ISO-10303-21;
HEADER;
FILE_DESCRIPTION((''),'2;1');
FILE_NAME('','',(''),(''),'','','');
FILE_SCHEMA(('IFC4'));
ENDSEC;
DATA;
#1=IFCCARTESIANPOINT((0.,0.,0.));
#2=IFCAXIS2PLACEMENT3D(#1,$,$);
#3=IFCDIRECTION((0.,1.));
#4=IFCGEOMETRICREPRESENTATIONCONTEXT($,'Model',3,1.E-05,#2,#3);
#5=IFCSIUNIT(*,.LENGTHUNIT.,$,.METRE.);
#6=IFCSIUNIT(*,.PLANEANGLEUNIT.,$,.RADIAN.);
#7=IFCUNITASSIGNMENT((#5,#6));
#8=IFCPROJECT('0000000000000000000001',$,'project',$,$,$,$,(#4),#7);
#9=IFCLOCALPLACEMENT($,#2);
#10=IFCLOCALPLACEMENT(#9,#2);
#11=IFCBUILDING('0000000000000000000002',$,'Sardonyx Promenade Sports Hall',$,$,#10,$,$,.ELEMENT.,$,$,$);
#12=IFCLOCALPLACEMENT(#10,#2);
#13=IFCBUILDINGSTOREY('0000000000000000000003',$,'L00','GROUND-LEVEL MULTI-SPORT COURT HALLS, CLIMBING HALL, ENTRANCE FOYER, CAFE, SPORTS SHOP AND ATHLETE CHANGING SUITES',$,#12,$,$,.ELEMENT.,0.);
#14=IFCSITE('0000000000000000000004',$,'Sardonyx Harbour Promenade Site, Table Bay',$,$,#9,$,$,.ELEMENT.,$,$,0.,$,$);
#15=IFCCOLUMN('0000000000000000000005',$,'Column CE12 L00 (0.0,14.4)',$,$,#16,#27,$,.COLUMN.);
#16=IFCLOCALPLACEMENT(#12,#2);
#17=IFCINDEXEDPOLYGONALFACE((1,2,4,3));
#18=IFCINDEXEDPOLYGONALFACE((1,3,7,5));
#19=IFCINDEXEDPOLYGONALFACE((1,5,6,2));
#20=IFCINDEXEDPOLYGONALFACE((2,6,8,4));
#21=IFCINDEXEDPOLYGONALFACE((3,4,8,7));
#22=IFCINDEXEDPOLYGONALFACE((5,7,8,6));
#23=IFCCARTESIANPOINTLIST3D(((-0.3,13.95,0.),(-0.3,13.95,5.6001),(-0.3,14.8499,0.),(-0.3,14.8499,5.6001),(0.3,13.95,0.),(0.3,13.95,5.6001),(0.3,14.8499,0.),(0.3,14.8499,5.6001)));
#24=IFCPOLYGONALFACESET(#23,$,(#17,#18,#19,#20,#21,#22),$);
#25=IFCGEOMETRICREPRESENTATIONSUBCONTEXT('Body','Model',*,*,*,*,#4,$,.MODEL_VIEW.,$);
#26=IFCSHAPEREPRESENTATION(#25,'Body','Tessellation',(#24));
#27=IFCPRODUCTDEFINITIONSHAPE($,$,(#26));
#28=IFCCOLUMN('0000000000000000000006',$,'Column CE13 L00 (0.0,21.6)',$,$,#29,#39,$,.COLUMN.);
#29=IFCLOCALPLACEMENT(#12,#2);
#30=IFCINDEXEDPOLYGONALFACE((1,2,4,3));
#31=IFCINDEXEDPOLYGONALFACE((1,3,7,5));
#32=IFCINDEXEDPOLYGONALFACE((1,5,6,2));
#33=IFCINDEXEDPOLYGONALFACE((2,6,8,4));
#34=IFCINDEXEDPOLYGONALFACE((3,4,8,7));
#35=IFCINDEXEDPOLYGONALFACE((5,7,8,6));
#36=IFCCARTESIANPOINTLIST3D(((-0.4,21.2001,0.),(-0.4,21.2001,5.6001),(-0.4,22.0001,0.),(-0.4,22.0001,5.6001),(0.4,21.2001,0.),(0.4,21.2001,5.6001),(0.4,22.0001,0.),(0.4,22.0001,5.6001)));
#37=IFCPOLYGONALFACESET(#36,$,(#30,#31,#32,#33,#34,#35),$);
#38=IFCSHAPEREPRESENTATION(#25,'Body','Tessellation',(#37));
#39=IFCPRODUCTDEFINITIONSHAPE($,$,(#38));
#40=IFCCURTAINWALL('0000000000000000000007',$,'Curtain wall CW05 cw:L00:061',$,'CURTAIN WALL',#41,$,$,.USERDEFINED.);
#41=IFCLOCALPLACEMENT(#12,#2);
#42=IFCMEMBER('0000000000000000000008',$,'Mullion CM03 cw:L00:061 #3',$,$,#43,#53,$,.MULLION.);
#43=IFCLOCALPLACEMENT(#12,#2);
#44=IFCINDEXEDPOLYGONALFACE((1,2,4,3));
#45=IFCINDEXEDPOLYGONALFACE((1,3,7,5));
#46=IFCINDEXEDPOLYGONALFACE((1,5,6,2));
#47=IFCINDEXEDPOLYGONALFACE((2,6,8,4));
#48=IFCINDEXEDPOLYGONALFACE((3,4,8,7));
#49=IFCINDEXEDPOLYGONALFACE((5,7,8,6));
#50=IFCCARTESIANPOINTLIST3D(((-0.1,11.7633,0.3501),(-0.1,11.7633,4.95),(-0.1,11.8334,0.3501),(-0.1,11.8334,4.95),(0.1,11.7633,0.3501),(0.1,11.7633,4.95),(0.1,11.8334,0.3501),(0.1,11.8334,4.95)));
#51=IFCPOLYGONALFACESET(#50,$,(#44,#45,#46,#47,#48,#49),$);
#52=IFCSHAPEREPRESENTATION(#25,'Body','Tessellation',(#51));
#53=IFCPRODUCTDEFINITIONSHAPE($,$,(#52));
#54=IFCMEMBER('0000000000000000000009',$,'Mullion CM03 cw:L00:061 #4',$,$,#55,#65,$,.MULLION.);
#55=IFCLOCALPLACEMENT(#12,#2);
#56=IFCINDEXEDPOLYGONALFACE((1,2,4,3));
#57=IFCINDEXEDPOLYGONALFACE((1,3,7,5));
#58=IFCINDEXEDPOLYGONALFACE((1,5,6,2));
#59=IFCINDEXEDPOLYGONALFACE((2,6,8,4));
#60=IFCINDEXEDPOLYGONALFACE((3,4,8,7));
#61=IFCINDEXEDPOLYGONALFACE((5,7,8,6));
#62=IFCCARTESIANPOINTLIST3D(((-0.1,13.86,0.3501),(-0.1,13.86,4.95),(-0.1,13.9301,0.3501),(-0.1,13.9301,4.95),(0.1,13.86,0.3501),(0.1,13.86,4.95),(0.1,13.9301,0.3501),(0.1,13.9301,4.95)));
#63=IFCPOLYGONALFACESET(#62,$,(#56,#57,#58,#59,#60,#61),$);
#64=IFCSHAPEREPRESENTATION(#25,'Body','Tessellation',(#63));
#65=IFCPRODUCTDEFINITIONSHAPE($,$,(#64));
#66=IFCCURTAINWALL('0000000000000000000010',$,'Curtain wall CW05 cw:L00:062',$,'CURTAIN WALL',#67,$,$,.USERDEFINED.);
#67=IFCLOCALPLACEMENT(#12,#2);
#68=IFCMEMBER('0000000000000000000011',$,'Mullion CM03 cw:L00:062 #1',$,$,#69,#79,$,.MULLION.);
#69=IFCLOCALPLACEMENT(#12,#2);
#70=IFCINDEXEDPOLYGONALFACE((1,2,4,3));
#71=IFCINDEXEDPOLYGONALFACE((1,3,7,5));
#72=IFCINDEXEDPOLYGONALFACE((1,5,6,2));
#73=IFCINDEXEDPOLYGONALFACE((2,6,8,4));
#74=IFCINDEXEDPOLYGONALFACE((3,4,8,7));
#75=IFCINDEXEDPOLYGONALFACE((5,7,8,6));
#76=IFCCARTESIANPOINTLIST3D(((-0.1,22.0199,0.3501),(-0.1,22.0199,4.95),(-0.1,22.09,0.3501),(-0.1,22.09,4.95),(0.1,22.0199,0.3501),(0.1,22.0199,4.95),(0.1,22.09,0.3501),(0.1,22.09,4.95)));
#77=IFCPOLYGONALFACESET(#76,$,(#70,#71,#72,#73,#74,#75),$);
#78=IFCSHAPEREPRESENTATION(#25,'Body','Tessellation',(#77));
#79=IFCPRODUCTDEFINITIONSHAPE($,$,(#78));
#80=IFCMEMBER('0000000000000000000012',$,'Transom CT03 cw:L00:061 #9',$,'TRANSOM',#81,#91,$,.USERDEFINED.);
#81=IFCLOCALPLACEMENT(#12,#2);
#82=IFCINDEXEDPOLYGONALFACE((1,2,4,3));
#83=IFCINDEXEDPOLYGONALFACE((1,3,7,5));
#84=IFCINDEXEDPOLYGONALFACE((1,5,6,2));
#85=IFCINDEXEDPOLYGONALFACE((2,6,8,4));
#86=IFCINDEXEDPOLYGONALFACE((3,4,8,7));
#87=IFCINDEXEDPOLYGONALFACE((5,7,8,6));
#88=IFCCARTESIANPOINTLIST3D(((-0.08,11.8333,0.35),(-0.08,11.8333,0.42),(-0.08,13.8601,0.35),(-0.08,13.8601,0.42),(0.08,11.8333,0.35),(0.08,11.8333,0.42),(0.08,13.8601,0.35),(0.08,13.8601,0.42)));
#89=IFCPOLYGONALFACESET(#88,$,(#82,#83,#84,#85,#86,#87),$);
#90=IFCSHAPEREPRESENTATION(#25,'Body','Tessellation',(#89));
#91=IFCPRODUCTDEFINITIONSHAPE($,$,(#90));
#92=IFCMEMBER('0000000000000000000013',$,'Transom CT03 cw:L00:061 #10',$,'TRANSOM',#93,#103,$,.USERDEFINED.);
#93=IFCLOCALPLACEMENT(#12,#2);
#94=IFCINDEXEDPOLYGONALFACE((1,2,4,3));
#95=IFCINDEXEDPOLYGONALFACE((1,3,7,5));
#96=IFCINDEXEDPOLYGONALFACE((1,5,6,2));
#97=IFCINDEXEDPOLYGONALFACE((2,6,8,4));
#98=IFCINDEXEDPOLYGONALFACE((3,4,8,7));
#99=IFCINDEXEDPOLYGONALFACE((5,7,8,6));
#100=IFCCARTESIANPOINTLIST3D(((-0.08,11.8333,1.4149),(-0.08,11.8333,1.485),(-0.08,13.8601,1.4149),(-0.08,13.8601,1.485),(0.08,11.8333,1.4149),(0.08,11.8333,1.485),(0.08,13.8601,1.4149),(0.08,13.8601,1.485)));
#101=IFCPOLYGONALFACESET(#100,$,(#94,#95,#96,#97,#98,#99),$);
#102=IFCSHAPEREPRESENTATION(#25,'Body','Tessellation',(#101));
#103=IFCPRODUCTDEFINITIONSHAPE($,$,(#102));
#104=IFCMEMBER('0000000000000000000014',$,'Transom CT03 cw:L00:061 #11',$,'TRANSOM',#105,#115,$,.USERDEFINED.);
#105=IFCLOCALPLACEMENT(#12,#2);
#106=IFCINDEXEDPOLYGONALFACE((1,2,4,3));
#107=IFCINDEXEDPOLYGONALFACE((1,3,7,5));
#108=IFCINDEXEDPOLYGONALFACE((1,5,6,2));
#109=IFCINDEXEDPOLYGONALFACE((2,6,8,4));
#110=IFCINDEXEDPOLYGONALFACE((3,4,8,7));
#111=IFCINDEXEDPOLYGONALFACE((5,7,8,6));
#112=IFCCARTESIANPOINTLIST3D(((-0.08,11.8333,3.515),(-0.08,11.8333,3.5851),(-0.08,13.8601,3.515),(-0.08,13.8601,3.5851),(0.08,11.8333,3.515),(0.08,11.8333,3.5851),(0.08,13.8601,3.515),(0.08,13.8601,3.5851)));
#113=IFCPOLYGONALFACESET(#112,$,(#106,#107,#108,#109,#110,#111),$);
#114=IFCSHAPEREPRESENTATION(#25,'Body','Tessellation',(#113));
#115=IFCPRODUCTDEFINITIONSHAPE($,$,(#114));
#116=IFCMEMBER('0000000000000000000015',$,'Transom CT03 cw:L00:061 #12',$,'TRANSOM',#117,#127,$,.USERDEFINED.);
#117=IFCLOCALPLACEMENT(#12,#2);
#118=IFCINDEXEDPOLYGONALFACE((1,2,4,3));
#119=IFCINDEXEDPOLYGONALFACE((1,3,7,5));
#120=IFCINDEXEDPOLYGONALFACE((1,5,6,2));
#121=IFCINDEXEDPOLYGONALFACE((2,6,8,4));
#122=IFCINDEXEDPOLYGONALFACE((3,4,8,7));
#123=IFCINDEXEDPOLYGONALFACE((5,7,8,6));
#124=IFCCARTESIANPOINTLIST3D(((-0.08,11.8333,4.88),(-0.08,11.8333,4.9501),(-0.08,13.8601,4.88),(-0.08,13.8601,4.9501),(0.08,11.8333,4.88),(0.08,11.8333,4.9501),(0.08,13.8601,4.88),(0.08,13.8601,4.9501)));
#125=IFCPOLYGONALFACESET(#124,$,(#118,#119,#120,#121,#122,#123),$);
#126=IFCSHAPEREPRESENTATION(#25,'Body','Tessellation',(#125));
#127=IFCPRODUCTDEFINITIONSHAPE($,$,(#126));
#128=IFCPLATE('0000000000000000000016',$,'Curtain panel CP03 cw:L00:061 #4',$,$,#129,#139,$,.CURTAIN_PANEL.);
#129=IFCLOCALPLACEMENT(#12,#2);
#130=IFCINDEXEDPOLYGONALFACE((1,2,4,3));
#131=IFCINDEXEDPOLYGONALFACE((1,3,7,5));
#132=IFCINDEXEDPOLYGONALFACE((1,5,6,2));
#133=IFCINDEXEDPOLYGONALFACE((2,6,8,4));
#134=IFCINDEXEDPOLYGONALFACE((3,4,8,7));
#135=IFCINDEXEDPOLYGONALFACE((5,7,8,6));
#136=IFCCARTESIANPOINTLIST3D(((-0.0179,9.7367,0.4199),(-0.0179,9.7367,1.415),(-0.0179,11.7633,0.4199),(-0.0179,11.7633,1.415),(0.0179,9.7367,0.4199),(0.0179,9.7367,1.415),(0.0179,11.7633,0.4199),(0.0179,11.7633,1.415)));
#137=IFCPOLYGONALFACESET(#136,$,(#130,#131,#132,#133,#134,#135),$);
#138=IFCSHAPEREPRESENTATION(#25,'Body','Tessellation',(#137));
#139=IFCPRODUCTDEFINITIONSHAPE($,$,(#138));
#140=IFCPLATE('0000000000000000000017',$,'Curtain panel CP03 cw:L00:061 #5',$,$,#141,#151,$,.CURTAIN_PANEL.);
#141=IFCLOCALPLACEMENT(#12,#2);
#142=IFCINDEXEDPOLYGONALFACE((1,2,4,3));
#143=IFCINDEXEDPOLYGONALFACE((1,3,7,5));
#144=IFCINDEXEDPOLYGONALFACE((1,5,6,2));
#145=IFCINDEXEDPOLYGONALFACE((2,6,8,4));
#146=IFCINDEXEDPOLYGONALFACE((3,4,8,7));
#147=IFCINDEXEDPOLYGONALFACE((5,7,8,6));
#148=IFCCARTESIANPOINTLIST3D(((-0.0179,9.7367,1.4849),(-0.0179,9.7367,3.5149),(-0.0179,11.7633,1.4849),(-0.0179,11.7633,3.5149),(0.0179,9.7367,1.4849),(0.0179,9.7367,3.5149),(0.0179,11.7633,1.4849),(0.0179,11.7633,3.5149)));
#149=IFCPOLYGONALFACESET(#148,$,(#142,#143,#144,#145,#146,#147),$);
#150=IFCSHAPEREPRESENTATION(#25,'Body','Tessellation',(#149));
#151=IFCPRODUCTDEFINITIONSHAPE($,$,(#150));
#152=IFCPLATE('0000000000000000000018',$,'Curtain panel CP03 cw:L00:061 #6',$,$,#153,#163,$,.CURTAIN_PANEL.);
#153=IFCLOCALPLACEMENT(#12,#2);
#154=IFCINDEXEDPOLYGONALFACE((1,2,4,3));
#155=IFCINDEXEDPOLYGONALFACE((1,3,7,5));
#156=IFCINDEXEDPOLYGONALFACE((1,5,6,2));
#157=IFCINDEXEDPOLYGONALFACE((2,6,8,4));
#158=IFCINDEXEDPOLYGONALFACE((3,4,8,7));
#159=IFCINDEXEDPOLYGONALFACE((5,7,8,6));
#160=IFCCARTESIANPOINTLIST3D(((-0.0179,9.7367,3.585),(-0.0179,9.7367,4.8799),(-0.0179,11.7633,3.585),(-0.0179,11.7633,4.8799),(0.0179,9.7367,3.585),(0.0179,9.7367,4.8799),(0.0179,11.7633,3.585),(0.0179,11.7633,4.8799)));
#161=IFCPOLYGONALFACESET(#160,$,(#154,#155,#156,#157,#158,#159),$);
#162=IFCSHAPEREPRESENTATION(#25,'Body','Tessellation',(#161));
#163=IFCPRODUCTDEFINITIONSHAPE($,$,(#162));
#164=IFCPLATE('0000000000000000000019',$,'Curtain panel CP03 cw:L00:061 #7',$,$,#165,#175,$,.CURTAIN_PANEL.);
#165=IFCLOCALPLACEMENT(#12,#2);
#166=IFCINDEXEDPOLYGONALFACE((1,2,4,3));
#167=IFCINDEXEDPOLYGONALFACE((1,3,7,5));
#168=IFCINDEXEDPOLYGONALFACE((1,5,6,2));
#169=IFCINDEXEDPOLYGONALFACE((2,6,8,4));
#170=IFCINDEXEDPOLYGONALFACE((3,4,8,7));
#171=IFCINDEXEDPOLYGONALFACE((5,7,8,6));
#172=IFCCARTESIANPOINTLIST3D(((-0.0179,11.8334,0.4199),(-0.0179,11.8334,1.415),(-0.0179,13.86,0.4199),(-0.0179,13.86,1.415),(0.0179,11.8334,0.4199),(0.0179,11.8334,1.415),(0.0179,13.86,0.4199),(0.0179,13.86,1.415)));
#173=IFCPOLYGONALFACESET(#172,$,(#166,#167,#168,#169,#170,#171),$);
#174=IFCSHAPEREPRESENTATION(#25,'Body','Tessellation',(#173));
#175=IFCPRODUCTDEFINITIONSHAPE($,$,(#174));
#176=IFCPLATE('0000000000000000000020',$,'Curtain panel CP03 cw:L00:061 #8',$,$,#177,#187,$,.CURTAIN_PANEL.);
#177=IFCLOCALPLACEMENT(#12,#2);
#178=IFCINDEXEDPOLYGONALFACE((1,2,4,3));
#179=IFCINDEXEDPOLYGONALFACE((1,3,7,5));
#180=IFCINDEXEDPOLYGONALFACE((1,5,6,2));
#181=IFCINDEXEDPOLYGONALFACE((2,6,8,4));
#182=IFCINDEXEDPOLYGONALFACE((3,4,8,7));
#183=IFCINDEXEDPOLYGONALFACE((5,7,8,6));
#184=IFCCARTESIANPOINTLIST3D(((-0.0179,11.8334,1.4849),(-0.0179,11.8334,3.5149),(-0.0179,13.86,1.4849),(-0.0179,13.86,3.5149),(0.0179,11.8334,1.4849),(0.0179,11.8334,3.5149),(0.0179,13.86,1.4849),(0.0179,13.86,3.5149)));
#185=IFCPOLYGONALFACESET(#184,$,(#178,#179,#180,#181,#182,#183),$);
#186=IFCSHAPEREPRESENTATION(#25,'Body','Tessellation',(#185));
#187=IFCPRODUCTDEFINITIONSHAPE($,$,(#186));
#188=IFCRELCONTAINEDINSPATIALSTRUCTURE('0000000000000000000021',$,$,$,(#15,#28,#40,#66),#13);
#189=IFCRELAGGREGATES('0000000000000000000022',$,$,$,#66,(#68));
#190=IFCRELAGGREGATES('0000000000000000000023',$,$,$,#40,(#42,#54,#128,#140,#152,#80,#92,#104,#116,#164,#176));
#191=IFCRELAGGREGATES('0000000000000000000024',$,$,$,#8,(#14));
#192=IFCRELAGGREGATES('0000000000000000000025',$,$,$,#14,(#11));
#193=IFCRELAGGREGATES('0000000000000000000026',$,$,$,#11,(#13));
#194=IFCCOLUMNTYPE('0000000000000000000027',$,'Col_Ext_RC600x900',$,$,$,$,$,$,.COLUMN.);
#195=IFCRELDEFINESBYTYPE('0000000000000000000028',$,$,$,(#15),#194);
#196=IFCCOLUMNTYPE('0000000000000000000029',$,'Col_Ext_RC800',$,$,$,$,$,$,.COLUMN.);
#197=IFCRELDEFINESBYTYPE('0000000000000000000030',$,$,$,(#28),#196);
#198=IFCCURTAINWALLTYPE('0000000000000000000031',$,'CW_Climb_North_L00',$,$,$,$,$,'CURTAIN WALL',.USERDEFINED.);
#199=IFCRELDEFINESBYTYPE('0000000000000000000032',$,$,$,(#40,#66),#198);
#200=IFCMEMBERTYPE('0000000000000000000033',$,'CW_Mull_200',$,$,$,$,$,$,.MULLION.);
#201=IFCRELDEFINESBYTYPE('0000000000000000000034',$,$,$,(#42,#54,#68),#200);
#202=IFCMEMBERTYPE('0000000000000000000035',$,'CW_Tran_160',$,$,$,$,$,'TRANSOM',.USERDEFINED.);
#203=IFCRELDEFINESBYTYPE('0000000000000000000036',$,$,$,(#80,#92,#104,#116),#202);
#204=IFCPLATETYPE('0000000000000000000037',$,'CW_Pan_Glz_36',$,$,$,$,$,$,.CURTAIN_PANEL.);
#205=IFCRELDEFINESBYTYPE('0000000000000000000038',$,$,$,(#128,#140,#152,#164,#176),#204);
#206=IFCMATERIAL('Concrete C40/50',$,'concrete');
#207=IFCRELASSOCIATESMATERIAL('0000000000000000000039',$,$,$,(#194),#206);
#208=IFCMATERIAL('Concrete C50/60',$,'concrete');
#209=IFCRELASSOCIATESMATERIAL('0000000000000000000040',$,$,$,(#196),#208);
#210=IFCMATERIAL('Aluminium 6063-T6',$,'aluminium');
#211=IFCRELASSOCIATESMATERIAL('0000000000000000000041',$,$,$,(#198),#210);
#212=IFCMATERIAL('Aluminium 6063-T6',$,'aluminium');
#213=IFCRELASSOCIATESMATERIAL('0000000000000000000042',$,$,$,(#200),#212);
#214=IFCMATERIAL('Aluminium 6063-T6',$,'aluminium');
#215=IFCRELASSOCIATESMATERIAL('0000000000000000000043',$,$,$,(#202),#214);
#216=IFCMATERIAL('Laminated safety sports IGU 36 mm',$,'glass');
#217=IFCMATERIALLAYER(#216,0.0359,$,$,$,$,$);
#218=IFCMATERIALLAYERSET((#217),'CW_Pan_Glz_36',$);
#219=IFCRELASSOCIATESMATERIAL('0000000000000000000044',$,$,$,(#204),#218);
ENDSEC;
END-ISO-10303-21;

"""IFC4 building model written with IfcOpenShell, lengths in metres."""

from ifc_helpers import new_model, si_unit, direction, frame, origin, origin_2d, place, context, subcontext, project, spatial, rectangle, extrude, material, layer, layer_set, material_profile, profile_set, type_object, element, aggregate, save


model = new_model("IFC4")

# Units and contexts
model_context = context("Model", 3, precision=1e-05, world=origin(), true_north=direction((0.0, 1.0)))
body_context = subcontext(model_context, "Body", "Model", "MODEL_VIEW")
ifc_project = project(units=[si_unit("LENGTHUNIT", "METRE"), si_unit("PLANEANGLEUNIT", "RADIAN")], contexts=[model_context])

# Site, building, storey
site_placement = place(None, origin())
site = spatial("IfcSite", under=ifc_project, at=site_placement, Name="Sardonyx Harbour Promenade Site, Table Bay", CompositionType="ELEMENT", RefElevation=0.0)
building_placement = place(site_placement, origin())
building = spatial("IfcBuilding", under=site, at=building_placement, Name="Sardonyx Promenade Sports Hall", CompositionType="ELEMENT")
storey_placement = place(building_placement, origin())
storey = spatial("IfcBuildingStorey", under=building, at=storey_placement, Name="L00", Description="GROUND-LEVEL MULTI-SPORT COURT HALLS, CLIMBING HALL, ENTRANCE FOYER, CAFE, SPORTS SHOP AND ATHLETE CHANGING SUITES", CompositionType="ELEMENT", Elevation=0.0)

# Columns
ifc_material_1 = material(Name="Concrete C40/50", Category="concrete")
ifc_material_profile_1 = material_profile(ifc_material_1, rectangle(XDim=0.6001, YDim=0.8999, at=origin_2d()))
ifc_profile_set_1 = profile_set([ifc_material_profile_1], Name="Concrete C40/50")
column_type_1 = type_object("IfcColumnType", Name="Col_Ext_RC600x900", PredefinedType="COLUMN", material=ifc_profile_set_1)
column_1_placement = place(storey_placement, frame((0.0, 14.3999, 0.0), z_axis=(0.0, 0.0, 1.0), x_axis=(1.0, 0.0, 0.0)))
element("IfcColumn", 1, at=column_1_placement, inside=storey, type_object=column_type_1, Name="Column CE12 L00 (0.0,14.4)", PredefinedType="COLUMN", context=body_context, shape_type="SweptSolid", body=[
    extrude(rectangle(XDim=0.6001, YDim=0.8999, at=origin_2d()), origin(), (0.0, 0.0, 1.0), 5.6001),
])
ifc_material_2 = material(Name="Concrete C50/60", Category="concrete")
ifc_material_profile_2 = material_profile(ifc_material_2, rectangle(XDim=0.8, YDim=0.8, at=origin_2d()))
ifc_profile_set_2 = profile_set([ifc_material_profile_2], Name="Concrete C50/60")
column_type_2 = type_object("IfcColumnType", Name="Col_Ext_RC800", PredefinedType="COLUMN", material=ifc_profile_set_2)
column_2_placement = place(storey_placement, frame((0.0, 21.6001, 0.0), z_axis=(0.0, 0.0, 1.0), x_axis=(1.0, 0.0, 0.0)))
element("IfcColumn", 2, at=column_2_placement, inside=storey, type_object=column_type_2, Name="Column CE13 L00 (0.0,21.6)", PredefinedType="COLUMN", context=body_context, shape_type="SweptSolid", body=[
    extrude(rectangle(XDim=0.8, YDim=0.8, at=origin_2d()), origin(), (0.0, 0.0, 1.0), 5.6001),
])

# Curtain wall, members
ifc_material_3 = material(Name="Aluminium 6063-T6", Category="aluminium")
curtain_wall_type = type_object("IfcCurtainWallType", Name="CW_Climb_North_L00", ElementType="CURTAIN WALL", PredefinedType="USERDEFINED", material=ifc_material_3)
curtain_wall_1_placement = place(storey_placement, origin())
curtain_wall_1 = element("IfcCurtainWall", 3, at=curtain_wall_1_placement, inside=storey, type_object=curtain_wall_type, Name="Curtain wall CW05 cw:L00:061", ObjectType="CURTAIN WALL", PredefinedType="USERDEFINED")
ifc_material_4 = material(Name="Aluminium 6063-T6", Category="aluminium")
ifc_material_profile_3 = material_profile(ifc_material_4, rectangle(XDim=0.0701, YDim=0.2, at=origin_2d()))
ifc_profile_set_3 = profile_set([ifc_material_profile_3], Name="Aluminium 6063-T6")
member_type_1 = type_object("IfcMemberType", Name="CW_Mull_200", PredefinedType="MULLION", material=ifc_profile_set_3)
member_1_placement = place(storey_placement, frame((0.0, 11.7983, 0.3501), z_axis=(0.0, 0.0, 1.0), x_axis=(0.0, 1.0, 0.0)))
member_1 = element("IfcMember", 4, at=member_1_placement, type_object=member_type_1, Name="Mullion CM03 cw:L00:061 #3", PredefinedType="MULLION", context=body_context, shape_type="SweptSolid", body=[
    extrude(rectangle(XDim=0.0701, YDim=0.2, at=origin_2d()), origin(), (0.0, 0.0, 1.0), 4.5999),
])
member_2_placement = place(storey_placement, frame((0.0, 13.895, 0.3501), z_axis=(0.0, 0.0, 1.0), x_axis=(0.0, 1.0, 0.0)))
member_2 = element("IfcMember", 5, at=member_2_placement, type_object=member_type_1, Name="Mullion CM03 cw:L00:061 #4", PredefinedType="MULLION", context=body_context, shape_type="SweptSolid", body=[
    extrude(rectangle(XDim=0.0701, YDim=0.2, at=origin_2d()), origin(), (0.0, 0.0, 1.0), 4.5999),
])

# Curtain wall, member
curtain_wall_2_placement = place(storey_placement, origin())
curtain_wall_2 = element("IfcCurtainWall", 6, at=curtain_wall_2_placement, inside=storey, type_object=curtain_wall_type, Name="Curtain wall CW05 cw:L00:062", ObjectType="CURTAIN WALL", PredefinedType="USERDEFINED")
member_3_placement = place(storey_placement, frame((0.0, 22.0549, 0.3501), z_axis=(0.0, 0.0, 1.0), x_axis=(0.0, 1.0, 0.0)))
member_3 = element("IfcMember", 7, at=member_3_placement, type_object=member_type_1, Name="Mullion CM03 cw:L00:062 #1", PredefinedType="MULLION", context=body_context, shape_type="SweptSolid", body=[
    extrude(rectangle(XDim=0.0701, YDim=0.2, at=origin_2d()), origin(), (0.0, 0.0, 1.0), 4.5999),
])
aggregate(curtain_wall_2, [member_3])

# Members
ifc_material_5 = material(Name="Aluminium 6063-T6", Category="aluminium")
ifc_material_profile_4 = material_profile(ifc_material_5, rectangle(XDim=0.0701, YDim=0.1599, at=origin_2d()))
ifc_profile_set_4 = profile_set([ifc_material_profile_4], Name="Aluminium 6063-T6")
member_type_2 = type_object("IfcMemberType", Name="CW_Tran_160", ElementType="TRANSOM", PredefinedType="USERDEFINED", material=ifc_profile_set_4)
member_4_placement = place(storey_placement, frame((0.0, 11.8333, 0.385), z_axis=(0.0, 1.0, 0.0), x_axis=(0.0, 0.0, 1.0)))
member_4 = element("IfcMember", 8, at=member_4_placement, type_object=member_type_2, Name="Transom CT03 cw:L00:061 #9", ObjectType="TRANSOM", PredefinedType="USERDEFINED", context=body_context, shape_type="SweptSolid", body=[
    extrude(rectangle(XDim=0.0701, YDim=0.1599, at=origin_2d()), origin(), (0.0, 0.0, 1.0), 2.0269),
])
member_5_placement = place(storey_placement, frame((0.0, 11.8333, 1.45), z_axis=(0.0, 1.0, 0.0), x_axis=(0.0, 0.0, 1.0)))
member_5 = element("IfcMember", 9, at=member_5_placement, type_object=member_type_2, Name="Transom CT03 cw:L00:061 #10", ObjectType="TRANSOM", PredefinedType="USERDEFINED", context=body_context, shape_type="SweptSolid", body=[
    extrude(rectangle(XDim=0.0701, YDim=0.1599, at=origin_2d()), origin(), (0.0, 0.0, 1.0), 2.0269),
])
member_6_placement = place(storey_placement, frame((0.0, 11.8333, 3.55), z_axis=(0.0, 1.0, 0.0), x_axis=(0.0, 0.0, 1.0)))
member_6 = element("IfcMember", 10, at=member_6_placement, type_object=member_type_2, Name="Transom CT03 cw:L00:061 #11", ObjectType="TRANSOM", PredefinedType="USERDEFINED", context=body_context, shape_type="SweptSolid", body=[
    extrude(rectangle(XDim=0.0701, YDim=0.1599, at=origin_2d()), origin(), (0.0, 0.0, 1.0), 2.0269),
])
member_7_placement = place(storey_placement, frame((0.0, 11.8333, 4.915), z_axis=(0.0, 1.0, 0.0), x_axis=(0.0, 0.0, 1.0)))
member_7 = element("IfcMember", 11, at=member_7_placement, type_object=member_type_2, Name="Transom CT03 cw:L00:061 #12", ObjectType="TRANSOM", PredefinedType="USERDEFINED", context=body_context, shape_type="SweptSolid", body=[
    extrude(rectangle(XDim=0.0701, YDim=0.1599, at=origin_2d()), origin(), (0.0, 0.0, 1.0), 2.0269),
])

# Plates
ifc_material_6 = material(Name="Laminated safety sports IGU 36 mm", Category="glass")
ifc_layer_1 = layer(ifc_material_6, 0.0359)
ifc_layer_set_1 = layer_set([ifc_layer_1], Name="CW_Pan_Glz_36")
plate_type = type_object("IfcPlateType", Name="CW_Pan_Glz_36", PredefinedType="CURTAIN_PANEL", material=ifc_layer_set_1)
plate_1_placement = place(storey_placement, frame((0.0, 10.75, 0.4199), z_axis=(0.0, 0.0, 1.0), x_axis=(0.0, 1.0, 0.0)))
plate_1 = element("IfcPlate", 12, at=plate_1_placement, type_object=plate_type, Name="Curtain panel CP03 cw:L00:061 #4", PredefinedType="CURTAIN_PANEL", context=body_context, shape_type="SweptSolid", body=[
    extrude(rectangle(XDim=2.0266, YDim=0.0359, at=origin_2d()), origin(), (0.0, 0.0, 1.0), 0.9951),
])
plate_2_placement = place(storey_placement, frame((0.0, 10.75, 1.4849), z_axis=(0.0, 0.0, 1.0), x_axis=(0.0, 1.0, 0.0)))
plate_2 = element("IfcPlate", 13, at=plate_2_placement, type_object=plate_type, Name="Curtain panel CP03 cw:L00:061 #5", PredefinedType="CURTAIN_PANEL", context=body_context, shape_type="SweptSolid", body=[
    extrude(rectangle(XDim=2.0266, YDim=0.0359, at=origin_2d()), origin(), (0.0, 0.0, 1.0), 2.03),
])
plate_3_placement = place(storey_placement, frame((0.0, 10.75, 3.585), z_axis=(0.0, 0.0, 1.0), x_axis=(0.0, 1.0, 0.0)))
plate_3 = element("IfcPlate", 14, at=plate_3_placement, type_object=plate_type, Name="Curtain panel CP03 cw:L00:061 #6", PredefinedType="CURTAIN_PANEL", context=body_context, shape_type="SweptSolid", body=[
    extrude(rectangle(XDim=2.0266, YDim=0.0359, at=origin_2d()), origin(), (0.0, 0.0, 1.0), 1.2949),
])
plate_4_placement = place(storey_placement, frame((0.0, 12.8467, 0.4199), z_axis=(0.0, 0.0, 1.0), x_axis=(0.0, 1.0, 0.0)))
plate_4 = element("IfcPlate", 15, at=plate_4_placement, type_object=plate_type, Name="Curtain panel CP03 cw:L00:061 #7", PredefinedType="CURTAIN_PANEL", context=body_context, shape_type="SweptSolid", body=[
    extrude(rectangle(XDim=2.0266, YDim=0.0359, at=origin_2d()), origin(), (0.0, 0.0, 1.0), 0.9951),
])
plate_5_placement = place(storey_placement, frame((0.0, 12.8467, 1.4849), z_axis=(0.0, 0.0, 1.0), x_axis=(0.0, 1.0, 0.0)))
plate_5 = element("IfcPlate", 16, at=plate_5_placement, type_object=plate_type, Name="Curtain panel CP03 cw:L00:061 #8", PredefinedType="CURTAIN_PANEL", context=body_context, shape_type="SweptSolid", body=[
    extrude(rectangle(XDim=2.0266, YDim=0.0359, at=origin_2d()), origin(), (0.0, 0.0, 1.0), 2.03),
])
aggregate(curtain_wall_1, [member_1, member_2, plate_1, plate_2, plate_3, member_4, member_5, member_6, member_7, plate_4, plate_5])

save(model, "model.ifc")
